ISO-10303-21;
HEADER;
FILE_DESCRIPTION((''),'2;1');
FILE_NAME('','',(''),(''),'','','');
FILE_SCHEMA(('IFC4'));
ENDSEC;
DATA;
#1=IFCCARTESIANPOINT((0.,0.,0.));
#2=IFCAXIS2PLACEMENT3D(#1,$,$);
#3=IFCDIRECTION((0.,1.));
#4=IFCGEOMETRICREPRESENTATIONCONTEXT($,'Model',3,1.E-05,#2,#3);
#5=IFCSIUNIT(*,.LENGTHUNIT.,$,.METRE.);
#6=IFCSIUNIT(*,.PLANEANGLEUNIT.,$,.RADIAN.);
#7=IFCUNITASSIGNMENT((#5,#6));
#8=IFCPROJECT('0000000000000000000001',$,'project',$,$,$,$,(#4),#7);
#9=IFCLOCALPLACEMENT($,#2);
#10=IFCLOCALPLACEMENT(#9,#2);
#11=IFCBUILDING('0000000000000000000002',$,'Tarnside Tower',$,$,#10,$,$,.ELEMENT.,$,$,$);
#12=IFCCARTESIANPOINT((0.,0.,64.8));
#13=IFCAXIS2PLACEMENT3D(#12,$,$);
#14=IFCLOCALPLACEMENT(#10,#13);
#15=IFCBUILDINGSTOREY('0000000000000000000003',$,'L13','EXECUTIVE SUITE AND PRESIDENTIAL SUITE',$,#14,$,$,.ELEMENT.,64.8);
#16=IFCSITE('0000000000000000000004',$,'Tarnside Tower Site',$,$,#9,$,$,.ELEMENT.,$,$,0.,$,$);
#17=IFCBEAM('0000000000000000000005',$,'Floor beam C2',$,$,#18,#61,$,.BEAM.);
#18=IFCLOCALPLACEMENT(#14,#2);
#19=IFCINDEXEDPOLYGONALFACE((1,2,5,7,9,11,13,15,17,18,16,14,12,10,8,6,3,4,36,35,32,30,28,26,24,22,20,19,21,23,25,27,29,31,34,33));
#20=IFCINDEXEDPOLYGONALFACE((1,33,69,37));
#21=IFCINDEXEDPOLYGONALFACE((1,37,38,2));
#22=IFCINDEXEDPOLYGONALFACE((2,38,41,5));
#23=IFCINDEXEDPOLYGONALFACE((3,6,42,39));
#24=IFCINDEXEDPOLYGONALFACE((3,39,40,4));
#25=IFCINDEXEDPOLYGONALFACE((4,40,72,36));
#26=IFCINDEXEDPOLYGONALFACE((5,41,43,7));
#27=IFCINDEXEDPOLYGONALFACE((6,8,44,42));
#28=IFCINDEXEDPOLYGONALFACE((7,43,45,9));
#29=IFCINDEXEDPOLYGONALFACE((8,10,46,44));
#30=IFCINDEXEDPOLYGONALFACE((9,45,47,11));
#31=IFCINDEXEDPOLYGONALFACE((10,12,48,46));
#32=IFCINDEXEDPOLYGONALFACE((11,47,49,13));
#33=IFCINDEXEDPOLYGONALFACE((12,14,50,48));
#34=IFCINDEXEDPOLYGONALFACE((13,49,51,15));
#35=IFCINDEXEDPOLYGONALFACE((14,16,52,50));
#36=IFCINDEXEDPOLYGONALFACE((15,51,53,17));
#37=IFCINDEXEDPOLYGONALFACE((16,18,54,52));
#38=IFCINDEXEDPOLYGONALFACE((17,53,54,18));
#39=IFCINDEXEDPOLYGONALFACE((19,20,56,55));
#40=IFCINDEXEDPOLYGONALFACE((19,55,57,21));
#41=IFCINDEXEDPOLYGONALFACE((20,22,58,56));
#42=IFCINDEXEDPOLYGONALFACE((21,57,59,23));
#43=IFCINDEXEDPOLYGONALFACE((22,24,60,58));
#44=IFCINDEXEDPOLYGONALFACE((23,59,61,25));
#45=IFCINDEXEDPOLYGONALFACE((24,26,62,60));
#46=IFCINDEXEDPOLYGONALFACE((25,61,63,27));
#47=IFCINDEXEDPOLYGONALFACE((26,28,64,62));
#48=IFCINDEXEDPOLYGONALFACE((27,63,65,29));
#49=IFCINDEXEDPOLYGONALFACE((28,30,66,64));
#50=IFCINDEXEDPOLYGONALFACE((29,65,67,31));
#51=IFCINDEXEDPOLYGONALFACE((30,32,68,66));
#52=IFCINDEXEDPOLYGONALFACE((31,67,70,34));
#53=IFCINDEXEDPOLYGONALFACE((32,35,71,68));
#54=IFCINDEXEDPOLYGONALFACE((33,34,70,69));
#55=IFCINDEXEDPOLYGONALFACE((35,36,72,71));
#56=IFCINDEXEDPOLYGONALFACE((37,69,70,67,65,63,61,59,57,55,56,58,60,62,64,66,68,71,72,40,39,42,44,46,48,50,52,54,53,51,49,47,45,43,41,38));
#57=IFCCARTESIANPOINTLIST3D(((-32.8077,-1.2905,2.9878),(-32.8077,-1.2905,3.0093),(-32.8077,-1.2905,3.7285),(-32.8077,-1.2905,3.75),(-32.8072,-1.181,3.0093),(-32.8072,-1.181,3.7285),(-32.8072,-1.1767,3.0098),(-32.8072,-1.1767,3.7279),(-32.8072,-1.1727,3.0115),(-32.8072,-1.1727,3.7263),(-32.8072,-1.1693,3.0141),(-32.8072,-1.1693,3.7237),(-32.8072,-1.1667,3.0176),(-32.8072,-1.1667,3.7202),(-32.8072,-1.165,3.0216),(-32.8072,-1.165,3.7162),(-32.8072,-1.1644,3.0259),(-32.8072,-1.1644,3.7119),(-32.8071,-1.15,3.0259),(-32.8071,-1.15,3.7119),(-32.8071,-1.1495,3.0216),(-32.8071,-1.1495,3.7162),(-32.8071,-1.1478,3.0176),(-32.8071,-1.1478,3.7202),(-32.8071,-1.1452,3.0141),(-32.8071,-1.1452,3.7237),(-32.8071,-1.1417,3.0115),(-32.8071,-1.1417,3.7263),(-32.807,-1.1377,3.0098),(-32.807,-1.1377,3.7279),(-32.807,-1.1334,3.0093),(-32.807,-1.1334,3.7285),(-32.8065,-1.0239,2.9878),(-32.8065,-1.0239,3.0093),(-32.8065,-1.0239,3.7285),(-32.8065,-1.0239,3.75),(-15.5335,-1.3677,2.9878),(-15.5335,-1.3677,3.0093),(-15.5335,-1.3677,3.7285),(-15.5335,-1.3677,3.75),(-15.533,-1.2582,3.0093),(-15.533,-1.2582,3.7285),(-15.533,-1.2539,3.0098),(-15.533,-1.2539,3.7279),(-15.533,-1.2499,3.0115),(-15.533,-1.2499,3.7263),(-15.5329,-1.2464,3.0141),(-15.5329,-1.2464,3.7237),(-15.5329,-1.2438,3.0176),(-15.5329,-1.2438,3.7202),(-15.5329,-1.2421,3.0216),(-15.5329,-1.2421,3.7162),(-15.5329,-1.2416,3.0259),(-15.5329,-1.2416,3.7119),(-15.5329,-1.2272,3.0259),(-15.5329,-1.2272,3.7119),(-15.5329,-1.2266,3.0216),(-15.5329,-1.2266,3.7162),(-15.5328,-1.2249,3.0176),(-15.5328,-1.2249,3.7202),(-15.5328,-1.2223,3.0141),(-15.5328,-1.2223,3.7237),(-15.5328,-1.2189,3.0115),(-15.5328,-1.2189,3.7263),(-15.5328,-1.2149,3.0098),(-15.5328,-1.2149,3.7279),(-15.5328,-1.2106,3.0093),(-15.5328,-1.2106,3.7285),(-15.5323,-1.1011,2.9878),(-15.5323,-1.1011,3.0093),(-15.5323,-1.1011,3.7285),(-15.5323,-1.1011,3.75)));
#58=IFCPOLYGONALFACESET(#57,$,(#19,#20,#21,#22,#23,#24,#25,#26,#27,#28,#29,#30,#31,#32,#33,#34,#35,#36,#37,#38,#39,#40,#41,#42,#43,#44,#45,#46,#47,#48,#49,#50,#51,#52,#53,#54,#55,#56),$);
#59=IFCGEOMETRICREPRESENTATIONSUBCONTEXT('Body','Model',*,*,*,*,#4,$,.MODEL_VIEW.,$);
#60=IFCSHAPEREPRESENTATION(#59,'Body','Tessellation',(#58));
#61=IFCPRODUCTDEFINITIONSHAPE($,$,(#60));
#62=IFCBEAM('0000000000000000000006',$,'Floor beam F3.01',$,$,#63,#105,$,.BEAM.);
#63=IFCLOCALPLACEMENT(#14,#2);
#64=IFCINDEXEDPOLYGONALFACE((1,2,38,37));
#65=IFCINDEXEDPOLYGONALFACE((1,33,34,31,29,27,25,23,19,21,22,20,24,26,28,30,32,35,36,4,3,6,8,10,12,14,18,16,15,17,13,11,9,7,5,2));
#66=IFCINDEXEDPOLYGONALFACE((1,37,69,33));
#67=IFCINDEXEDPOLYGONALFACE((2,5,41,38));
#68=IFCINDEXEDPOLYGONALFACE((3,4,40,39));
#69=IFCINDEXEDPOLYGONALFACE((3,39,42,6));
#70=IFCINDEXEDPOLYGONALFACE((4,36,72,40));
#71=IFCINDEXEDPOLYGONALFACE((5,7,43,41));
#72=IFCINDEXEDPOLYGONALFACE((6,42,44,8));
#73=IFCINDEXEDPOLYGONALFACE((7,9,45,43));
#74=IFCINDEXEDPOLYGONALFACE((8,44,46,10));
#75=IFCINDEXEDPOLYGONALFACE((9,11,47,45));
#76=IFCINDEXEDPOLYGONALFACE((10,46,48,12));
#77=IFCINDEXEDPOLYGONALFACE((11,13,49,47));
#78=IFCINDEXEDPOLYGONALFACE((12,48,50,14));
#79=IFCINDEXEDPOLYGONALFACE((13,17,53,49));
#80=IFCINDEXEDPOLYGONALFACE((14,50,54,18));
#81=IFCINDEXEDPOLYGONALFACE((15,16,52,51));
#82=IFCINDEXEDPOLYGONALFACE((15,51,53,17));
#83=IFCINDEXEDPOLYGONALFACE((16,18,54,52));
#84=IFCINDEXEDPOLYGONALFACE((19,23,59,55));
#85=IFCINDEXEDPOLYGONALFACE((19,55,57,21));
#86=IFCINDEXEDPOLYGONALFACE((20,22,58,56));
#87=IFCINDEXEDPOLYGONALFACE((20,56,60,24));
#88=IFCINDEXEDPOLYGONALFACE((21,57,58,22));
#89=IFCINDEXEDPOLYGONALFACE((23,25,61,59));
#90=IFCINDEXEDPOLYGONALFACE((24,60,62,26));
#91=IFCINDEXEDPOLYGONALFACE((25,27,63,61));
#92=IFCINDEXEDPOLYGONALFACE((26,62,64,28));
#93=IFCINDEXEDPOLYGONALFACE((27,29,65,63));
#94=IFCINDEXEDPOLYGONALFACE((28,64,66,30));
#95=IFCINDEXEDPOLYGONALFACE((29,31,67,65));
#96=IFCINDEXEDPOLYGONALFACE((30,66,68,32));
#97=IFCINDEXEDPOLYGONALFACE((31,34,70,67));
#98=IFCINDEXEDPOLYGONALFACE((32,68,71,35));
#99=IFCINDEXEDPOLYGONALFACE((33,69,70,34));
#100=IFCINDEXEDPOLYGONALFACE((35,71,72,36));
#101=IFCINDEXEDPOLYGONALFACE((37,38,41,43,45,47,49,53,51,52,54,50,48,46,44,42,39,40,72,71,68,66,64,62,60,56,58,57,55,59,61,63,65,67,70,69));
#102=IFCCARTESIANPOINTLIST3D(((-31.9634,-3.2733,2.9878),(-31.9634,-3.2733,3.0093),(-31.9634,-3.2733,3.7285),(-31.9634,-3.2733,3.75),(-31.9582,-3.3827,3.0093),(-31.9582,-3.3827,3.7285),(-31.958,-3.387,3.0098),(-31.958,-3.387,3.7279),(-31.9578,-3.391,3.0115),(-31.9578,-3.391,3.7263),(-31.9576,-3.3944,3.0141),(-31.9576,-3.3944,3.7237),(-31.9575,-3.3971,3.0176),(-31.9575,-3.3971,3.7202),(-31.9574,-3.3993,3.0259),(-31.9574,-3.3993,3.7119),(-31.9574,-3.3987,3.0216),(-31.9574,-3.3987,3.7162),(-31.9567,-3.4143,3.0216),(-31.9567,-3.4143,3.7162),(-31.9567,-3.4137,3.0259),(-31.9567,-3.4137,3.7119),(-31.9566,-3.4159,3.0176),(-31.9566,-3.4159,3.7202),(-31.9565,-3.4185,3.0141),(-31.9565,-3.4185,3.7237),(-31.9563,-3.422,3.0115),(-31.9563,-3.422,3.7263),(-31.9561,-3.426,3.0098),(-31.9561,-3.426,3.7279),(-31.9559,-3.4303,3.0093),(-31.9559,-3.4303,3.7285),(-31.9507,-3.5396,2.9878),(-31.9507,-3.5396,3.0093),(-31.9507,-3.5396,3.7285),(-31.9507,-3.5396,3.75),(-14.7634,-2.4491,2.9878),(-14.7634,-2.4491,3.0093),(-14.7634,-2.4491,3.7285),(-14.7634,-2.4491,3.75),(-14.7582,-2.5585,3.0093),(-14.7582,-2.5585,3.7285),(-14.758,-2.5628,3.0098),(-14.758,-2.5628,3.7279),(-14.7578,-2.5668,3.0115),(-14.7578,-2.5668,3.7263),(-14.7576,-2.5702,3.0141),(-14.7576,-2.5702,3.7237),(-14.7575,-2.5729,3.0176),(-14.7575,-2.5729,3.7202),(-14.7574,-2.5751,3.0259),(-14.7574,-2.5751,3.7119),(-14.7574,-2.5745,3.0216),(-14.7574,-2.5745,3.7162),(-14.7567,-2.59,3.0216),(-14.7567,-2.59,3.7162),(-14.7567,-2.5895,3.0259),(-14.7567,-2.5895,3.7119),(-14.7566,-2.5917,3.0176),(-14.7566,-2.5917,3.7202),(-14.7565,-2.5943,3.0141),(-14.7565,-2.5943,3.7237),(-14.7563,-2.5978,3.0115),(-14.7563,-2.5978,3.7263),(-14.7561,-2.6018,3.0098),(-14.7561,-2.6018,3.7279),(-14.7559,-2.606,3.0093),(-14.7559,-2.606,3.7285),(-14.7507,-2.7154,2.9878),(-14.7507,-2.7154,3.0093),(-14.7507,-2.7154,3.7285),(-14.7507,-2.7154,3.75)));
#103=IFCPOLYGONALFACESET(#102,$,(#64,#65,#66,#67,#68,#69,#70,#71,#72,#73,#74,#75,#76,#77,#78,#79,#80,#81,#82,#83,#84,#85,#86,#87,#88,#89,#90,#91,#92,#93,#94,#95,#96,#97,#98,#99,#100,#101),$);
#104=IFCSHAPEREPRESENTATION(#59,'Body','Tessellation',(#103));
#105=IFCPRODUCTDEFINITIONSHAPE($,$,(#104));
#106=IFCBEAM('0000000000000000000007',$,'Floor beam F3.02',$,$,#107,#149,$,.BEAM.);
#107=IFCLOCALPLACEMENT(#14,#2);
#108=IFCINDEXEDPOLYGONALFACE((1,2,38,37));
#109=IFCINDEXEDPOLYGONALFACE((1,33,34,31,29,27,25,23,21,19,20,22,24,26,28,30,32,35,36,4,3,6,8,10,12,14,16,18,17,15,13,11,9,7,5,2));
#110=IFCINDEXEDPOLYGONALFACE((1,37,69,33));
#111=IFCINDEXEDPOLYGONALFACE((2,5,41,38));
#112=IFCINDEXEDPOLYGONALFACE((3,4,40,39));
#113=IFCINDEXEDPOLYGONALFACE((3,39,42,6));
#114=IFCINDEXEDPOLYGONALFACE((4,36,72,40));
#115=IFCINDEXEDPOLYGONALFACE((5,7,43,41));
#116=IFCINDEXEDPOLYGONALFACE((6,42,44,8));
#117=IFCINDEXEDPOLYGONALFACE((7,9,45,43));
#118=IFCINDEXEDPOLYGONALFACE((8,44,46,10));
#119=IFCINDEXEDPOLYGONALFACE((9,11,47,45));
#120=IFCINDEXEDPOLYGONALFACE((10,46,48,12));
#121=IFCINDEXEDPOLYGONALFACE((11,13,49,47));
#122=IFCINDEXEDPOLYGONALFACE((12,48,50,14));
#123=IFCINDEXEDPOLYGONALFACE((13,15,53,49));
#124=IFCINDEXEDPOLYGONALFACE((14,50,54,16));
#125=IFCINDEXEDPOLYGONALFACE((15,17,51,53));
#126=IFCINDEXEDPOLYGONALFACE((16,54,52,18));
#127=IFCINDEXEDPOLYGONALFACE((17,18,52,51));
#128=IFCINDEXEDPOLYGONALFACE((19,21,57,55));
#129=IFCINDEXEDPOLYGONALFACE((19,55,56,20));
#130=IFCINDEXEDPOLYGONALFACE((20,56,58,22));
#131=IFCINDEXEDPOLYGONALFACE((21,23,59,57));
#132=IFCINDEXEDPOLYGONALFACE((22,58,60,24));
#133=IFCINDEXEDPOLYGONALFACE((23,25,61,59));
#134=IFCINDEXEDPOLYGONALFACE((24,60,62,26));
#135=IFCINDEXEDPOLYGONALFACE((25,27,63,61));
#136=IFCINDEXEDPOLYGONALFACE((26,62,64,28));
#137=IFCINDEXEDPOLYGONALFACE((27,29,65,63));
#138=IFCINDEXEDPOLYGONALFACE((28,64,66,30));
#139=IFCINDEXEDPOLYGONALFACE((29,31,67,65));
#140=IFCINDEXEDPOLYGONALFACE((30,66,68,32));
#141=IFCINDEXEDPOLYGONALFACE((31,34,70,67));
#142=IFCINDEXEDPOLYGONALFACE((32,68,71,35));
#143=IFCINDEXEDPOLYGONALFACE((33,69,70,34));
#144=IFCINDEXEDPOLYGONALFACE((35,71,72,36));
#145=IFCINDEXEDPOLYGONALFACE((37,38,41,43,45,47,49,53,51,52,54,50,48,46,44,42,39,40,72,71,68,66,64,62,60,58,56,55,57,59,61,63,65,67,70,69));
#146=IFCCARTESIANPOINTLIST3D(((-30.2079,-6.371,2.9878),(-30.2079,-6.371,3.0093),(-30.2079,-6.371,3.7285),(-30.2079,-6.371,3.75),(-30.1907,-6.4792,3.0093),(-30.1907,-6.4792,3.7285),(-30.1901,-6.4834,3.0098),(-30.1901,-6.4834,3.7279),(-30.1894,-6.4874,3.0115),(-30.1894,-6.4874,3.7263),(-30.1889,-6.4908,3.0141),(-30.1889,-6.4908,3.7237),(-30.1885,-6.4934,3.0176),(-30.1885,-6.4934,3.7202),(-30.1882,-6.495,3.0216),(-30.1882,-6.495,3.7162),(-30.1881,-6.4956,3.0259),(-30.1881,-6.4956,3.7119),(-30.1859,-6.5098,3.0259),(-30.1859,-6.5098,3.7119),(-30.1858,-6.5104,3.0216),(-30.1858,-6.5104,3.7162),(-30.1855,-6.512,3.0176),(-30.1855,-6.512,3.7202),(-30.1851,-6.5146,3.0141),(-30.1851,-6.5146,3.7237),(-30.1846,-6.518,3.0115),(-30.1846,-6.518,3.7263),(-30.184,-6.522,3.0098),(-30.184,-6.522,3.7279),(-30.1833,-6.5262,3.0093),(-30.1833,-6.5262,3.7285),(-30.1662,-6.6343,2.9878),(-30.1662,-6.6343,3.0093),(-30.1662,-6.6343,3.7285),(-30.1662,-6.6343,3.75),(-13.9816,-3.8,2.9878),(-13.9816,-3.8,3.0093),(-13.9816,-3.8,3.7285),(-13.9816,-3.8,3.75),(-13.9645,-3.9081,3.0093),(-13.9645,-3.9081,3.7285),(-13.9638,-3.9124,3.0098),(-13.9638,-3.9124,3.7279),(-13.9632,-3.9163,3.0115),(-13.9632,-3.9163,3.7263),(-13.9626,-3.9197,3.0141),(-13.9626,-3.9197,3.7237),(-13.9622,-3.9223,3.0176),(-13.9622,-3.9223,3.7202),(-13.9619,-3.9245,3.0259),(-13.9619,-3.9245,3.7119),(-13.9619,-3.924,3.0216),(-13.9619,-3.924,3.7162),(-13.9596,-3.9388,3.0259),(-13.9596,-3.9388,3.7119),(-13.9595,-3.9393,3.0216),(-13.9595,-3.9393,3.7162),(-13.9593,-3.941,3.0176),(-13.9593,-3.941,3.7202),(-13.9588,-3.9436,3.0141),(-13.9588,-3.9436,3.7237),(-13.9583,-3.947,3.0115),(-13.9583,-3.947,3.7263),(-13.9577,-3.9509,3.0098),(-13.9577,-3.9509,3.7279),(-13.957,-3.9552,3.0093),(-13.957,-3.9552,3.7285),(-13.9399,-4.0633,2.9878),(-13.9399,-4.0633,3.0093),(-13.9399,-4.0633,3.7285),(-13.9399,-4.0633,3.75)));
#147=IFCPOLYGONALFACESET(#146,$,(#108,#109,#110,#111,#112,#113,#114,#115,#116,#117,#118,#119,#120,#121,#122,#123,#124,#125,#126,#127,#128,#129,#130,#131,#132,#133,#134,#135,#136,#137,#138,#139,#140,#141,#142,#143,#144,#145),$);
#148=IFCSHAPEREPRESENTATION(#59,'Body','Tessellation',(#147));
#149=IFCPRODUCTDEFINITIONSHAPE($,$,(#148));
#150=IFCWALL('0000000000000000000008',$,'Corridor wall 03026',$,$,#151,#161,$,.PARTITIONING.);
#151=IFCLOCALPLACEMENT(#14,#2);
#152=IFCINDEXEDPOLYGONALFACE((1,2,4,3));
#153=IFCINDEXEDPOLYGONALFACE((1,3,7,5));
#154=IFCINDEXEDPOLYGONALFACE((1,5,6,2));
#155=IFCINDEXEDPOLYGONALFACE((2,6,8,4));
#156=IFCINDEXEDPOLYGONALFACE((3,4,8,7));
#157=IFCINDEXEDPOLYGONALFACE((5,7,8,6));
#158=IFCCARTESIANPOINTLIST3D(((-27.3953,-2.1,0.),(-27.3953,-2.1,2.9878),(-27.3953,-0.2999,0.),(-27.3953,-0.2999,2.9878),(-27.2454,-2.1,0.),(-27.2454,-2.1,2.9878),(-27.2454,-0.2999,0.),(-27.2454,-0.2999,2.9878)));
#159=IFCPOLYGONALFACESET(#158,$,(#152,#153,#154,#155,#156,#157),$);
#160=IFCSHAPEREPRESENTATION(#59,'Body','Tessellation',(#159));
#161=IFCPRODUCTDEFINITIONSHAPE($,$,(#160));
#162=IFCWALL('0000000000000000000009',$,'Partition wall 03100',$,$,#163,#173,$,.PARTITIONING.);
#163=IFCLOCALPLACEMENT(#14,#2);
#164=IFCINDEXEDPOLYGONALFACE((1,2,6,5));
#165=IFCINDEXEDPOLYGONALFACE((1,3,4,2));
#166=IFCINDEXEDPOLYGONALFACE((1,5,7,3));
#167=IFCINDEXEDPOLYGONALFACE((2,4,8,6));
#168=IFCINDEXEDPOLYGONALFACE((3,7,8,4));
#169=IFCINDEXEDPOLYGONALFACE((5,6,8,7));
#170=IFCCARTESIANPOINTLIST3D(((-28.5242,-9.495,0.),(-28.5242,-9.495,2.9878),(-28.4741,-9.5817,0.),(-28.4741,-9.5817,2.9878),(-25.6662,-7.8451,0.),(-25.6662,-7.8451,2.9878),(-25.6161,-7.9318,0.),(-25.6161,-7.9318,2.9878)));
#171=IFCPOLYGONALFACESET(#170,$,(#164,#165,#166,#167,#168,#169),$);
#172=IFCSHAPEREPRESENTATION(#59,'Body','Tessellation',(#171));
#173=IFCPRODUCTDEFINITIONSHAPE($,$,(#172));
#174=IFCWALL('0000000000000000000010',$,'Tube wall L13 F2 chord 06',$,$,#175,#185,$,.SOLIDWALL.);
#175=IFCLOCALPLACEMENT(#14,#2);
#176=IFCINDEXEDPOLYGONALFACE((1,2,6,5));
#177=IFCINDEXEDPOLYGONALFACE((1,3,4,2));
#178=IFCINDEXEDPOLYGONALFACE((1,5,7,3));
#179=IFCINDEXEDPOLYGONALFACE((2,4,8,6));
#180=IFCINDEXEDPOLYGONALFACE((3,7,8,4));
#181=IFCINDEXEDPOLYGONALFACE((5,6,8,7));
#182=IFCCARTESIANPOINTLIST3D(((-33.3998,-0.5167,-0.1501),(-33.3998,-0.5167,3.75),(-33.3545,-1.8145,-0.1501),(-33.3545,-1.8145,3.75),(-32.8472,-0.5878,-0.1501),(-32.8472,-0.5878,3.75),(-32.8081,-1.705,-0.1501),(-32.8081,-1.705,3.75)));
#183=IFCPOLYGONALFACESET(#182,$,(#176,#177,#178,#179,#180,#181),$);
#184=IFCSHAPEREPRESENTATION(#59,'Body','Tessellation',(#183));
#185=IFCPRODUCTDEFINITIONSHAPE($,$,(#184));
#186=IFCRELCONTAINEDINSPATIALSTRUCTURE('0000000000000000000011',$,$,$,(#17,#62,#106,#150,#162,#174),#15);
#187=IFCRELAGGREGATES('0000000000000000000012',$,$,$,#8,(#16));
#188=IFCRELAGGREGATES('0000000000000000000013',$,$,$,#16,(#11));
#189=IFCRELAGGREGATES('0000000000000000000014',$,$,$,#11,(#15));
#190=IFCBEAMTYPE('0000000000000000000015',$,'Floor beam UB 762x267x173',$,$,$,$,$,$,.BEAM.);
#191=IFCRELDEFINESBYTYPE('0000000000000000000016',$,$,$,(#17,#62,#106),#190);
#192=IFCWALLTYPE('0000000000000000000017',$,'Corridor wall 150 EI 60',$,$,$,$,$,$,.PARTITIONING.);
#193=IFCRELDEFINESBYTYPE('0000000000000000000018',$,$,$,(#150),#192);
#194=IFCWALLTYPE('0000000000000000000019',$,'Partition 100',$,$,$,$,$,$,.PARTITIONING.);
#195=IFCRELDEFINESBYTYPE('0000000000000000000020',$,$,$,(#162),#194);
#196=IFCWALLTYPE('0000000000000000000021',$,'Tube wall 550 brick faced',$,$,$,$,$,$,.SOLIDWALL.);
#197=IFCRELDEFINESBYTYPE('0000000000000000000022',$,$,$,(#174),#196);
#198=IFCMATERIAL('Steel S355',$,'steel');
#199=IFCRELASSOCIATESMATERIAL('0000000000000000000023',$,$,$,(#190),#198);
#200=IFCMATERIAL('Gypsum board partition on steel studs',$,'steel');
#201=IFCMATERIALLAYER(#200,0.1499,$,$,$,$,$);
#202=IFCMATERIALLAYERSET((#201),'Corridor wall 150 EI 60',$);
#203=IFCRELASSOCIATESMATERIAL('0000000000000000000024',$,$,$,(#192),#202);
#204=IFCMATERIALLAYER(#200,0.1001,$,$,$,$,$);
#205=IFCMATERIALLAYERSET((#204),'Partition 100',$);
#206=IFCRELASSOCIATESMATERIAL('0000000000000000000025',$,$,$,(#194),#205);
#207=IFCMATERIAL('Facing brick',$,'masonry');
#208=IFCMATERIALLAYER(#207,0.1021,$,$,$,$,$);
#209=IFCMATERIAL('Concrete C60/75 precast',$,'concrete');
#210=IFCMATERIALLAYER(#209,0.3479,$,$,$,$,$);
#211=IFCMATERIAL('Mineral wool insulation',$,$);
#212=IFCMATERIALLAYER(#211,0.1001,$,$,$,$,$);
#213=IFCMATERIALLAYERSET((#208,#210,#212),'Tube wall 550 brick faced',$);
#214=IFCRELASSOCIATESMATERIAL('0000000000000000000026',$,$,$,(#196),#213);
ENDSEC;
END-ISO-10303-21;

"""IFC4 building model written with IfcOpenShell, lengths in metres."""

from ifc_helpers import new_model, si_unit, direction, frame, frame_2d, origin, origin_2d, place, context, subcontext, project, spatial, polyline, rectangle, i_section, outline, extrude, material, layer, layer_set, material_profile, profile_set, type_object, element, save


model = new_model("IFC4")

# Units and contexts
model_context = context("Model", 3, precision=1e-05, world=origin(), true_north=direction((0.0, 1.0)))
body_context = subcontext(model_context, "Body", "Model", "MODEL_VIEW")
ifc_project = project(units=[si_unit("LENGTHUNIT", "METRE"), si_unit("PLANEANGLEUNIT", "RADIAN")], contexts=[model_context])

# Site, building, storey
site_placement = place(None, origin())
site = spatial("IfcSite", under=ifc_project, at=site_placement, Name="Tarnside Tower Site", CompositionType="ELEMENT", RefElevation=0.0)
building_placement = place(site_placement, origin())
building = spatial("IfcBuilding", under=site, at=building_placement, Name="Tarnside Tower", CompositionType="ELEMENT")
storey_placement = place(building_placement, frame((0.0, 0.0, 64.8)))
storey = spatial("IfcBuildingStorey", under=building, at=storey_placement, Name="L13", Description="EXECUTIVE SUITE AND PRESIDENTIAL SUITE", CompositionType="ELEMENT", Elevation=64.8)

# Beams
ifc_material_1 = material(Name="Steel S355", Category="steel")
ifc_material_profile = material_profile(ifc_material_1, i_section(OverallWidth=0.2666, OverallDepth=0.7622, WebThickness=0.0144, FlangeThickness=0.0215, FilletRadius=0.0166, at=origin_2d()), Name="UB 762x267x173")
ifc_profile_set = profile_set([ifc_material_profile], Name="Steel S355")
beam_type = type_object("IfcBeamType", Name="Floor beam UB 762x267x173", PredefinedType="BEAM", material=ifc_profile_set)
beam_1_placement = place(storey_placement, frame((-32.8071, -1.1572, 3.3689), z_axis=(0.99999, -0.004466, 0.0), x_axis=(0.004466, 0.99999, 0.0)))
element("IfcBeam", 1, at=beam_1_placement, inside=storey, type_object=beam_type, Name="Floor beam C2", PredefinedType="BEAM", context=body_context, shape_type="SweptSolid", body=[
    extrude(i_section(OverallWidth=0.2666, OverallDepth=0.7622, WebThickness=0.0144, FlangeThickness=0.0215, FilletRadius=0.0166, at=origin_2d()), origin(), (0.0, 0.0, 1.0), 17.2744),
])
beam_2_placement = place(storey_placement, frame((-31.957, -3.4065, 3.3689), z_axis=(0.998854, 0.047865, 0.0), x_axis=(-0.047865, 0.998854, 0.0)))
element("IfcBeam", 2, at=beam_2_placement, inside=storey, type_object=beam_type, Name="Floor beam F3.01", PredefinedType="BEAM", context=body_context, shape_type="SweptSolid", body=[
    extrude(i_section(OverallWidth=0.2666, OverallDepth=0.7622, WebThickness=0.0144, FlangeThickness=0.0215, FilletRadius=0.0166, at=origin_2d()), origin(), (0.0, 0.0, 1.0), 17.2197),
])
beam_3_placement = place(storey_placement, frame((-30.187, -6.5027, 3.3689), z_axis=(0.987678, 0.156497, 0.0), x_axis=(-0.156497, 0.987678, 0.0)))
element("IfcBeam", 3, at=beam_3_placement, inside=storey, type_object=beam_type, Name="Floor beam F3.02", PredefinedType="BEAM", context=body_context, shape_type="SweptSolid", body=[
    extrude(i_section(OverallWidth=0.2666, OverallDepth=0.7622, WebThickness=0.0144, FlangeThickness=0.0215, FilletRadius=0.0166, at=origin_2d()), origin(), (0.0, 0.0, 1.0), 16.4287),
])

# Walls
ifc_material_2 = material(Name="Gypsum board partition on steel studs", Category="steel")
ifc_layer_1 = layer(ifc_material_2, 0.1499)
ifc_layer_set_1 = layer_set([ifc_layer_1], Name="Corridor wall 150 EI 60")
wall_type_1 = type_object("IfcWallType", Name="Corridor wall 150 EI 60", PredefinedType="PARTITIONING", material=ifc_layer_set_1)
wall_1_placement = place(storey_placement, frame((-27.3203, -0.3, 0.0), z_axis=(0.0, 0.0, 1.0), x_axis=(0.0, -1.0, 0.0)))
element("IfcWall", 4, at=wall_1_placement, inside=storey, type_object=wall_type_1, Name="Corridor wall 03026", PredefinedType="PARTITIONING", context=body_context, shape_type="SweptSolid", body=[
    extrude(rectangle(XDim=1.8, YDim=0.1499, at=frame_2d((0.8999, 0.0))), origin(), (0.0, 0.0, 1.0), 2.9878),
])
ifc_layer_2 = layer(ifc_material_2, 0.1001)
ifc_layer_set_2 = layer_set([ifc_layer_2], Name="Partition 100")
wall_type_2 = type_object("IfcWallType", Name="Partition 100", PredefinedType="PARTITIONING", material=ifc_layer_set_2)
wall_2_placement = place(storey_placement, frame((-28.499, -9.5383, 0.0), z_axis=(0.0, 0.0, 1.0), x_axis=(0.86604, 0.499974, 0.0)))
element("IfcWall", 5, at=wall_2_placement, inside=storey, type_object=wall_type_2, Name="Partition wall 03100", PredefinedType="PARTITIONING", context=body_context, shape_type="SweptSolid", body=[
    extrude(rectangle(XDim=3.3, YDim=0.1001, at=frame_2d((1.6499, 0.0))), origin(), (0.0, 0.0, 1.0), 2.9878),
])
ifc_material_3 = material(Name="Facing brick", Category="masonry")
ifc_layer_3 = layer(ifc_material_3, 0.1021)
ifc_material_4 = material(Name="Concrete C60/75 precast", Category="concrete")
ifc_layer_4 = layer(ifc_material_4, 0.3479)
ifc_material_5 = material(Name="Mineral wool insulation")
ifc_layer_5 = layer(ifc_material_5, 0.1001)
ifc_layer_set_3 = layer_set([ifc_layer_3, ifc_layer_4, ifc_layer_5], Name="Tube wall 550 brick faced")
wall_type_3 = type_object("IfcWallType", Name="Tube wall 550 brick faced", PredefinedType="SOLIDWALL", material=ifc_layer_set_3)
wall_3_placement = place(storey_placement, frame((-33.1235, -0.5522, -0.1501), z_axis=(0.0, 0.0, 1.0), x_axis=(0.034956, -0.999389, 0.0)))
element("IfcWall", 6, at=wall_3_placement, inside=storey, type_object=wall_type_3, Name="Tube wall L13 F2 chord 06", PredefinedType="SOLIDWALL", context=body_context, shape_type="SweptSolid", body=[
    extrude(outline(polyline([(-0.0452, -0.2749), (1.2534, -0.2749), (1.1631, 0.2749), (0.0452, 0.2749), (-0.0452, -0.2749)])), origin(), (0.0, 0.0, 1.0), 3.9001),
])

save(model, "model.ifc")
